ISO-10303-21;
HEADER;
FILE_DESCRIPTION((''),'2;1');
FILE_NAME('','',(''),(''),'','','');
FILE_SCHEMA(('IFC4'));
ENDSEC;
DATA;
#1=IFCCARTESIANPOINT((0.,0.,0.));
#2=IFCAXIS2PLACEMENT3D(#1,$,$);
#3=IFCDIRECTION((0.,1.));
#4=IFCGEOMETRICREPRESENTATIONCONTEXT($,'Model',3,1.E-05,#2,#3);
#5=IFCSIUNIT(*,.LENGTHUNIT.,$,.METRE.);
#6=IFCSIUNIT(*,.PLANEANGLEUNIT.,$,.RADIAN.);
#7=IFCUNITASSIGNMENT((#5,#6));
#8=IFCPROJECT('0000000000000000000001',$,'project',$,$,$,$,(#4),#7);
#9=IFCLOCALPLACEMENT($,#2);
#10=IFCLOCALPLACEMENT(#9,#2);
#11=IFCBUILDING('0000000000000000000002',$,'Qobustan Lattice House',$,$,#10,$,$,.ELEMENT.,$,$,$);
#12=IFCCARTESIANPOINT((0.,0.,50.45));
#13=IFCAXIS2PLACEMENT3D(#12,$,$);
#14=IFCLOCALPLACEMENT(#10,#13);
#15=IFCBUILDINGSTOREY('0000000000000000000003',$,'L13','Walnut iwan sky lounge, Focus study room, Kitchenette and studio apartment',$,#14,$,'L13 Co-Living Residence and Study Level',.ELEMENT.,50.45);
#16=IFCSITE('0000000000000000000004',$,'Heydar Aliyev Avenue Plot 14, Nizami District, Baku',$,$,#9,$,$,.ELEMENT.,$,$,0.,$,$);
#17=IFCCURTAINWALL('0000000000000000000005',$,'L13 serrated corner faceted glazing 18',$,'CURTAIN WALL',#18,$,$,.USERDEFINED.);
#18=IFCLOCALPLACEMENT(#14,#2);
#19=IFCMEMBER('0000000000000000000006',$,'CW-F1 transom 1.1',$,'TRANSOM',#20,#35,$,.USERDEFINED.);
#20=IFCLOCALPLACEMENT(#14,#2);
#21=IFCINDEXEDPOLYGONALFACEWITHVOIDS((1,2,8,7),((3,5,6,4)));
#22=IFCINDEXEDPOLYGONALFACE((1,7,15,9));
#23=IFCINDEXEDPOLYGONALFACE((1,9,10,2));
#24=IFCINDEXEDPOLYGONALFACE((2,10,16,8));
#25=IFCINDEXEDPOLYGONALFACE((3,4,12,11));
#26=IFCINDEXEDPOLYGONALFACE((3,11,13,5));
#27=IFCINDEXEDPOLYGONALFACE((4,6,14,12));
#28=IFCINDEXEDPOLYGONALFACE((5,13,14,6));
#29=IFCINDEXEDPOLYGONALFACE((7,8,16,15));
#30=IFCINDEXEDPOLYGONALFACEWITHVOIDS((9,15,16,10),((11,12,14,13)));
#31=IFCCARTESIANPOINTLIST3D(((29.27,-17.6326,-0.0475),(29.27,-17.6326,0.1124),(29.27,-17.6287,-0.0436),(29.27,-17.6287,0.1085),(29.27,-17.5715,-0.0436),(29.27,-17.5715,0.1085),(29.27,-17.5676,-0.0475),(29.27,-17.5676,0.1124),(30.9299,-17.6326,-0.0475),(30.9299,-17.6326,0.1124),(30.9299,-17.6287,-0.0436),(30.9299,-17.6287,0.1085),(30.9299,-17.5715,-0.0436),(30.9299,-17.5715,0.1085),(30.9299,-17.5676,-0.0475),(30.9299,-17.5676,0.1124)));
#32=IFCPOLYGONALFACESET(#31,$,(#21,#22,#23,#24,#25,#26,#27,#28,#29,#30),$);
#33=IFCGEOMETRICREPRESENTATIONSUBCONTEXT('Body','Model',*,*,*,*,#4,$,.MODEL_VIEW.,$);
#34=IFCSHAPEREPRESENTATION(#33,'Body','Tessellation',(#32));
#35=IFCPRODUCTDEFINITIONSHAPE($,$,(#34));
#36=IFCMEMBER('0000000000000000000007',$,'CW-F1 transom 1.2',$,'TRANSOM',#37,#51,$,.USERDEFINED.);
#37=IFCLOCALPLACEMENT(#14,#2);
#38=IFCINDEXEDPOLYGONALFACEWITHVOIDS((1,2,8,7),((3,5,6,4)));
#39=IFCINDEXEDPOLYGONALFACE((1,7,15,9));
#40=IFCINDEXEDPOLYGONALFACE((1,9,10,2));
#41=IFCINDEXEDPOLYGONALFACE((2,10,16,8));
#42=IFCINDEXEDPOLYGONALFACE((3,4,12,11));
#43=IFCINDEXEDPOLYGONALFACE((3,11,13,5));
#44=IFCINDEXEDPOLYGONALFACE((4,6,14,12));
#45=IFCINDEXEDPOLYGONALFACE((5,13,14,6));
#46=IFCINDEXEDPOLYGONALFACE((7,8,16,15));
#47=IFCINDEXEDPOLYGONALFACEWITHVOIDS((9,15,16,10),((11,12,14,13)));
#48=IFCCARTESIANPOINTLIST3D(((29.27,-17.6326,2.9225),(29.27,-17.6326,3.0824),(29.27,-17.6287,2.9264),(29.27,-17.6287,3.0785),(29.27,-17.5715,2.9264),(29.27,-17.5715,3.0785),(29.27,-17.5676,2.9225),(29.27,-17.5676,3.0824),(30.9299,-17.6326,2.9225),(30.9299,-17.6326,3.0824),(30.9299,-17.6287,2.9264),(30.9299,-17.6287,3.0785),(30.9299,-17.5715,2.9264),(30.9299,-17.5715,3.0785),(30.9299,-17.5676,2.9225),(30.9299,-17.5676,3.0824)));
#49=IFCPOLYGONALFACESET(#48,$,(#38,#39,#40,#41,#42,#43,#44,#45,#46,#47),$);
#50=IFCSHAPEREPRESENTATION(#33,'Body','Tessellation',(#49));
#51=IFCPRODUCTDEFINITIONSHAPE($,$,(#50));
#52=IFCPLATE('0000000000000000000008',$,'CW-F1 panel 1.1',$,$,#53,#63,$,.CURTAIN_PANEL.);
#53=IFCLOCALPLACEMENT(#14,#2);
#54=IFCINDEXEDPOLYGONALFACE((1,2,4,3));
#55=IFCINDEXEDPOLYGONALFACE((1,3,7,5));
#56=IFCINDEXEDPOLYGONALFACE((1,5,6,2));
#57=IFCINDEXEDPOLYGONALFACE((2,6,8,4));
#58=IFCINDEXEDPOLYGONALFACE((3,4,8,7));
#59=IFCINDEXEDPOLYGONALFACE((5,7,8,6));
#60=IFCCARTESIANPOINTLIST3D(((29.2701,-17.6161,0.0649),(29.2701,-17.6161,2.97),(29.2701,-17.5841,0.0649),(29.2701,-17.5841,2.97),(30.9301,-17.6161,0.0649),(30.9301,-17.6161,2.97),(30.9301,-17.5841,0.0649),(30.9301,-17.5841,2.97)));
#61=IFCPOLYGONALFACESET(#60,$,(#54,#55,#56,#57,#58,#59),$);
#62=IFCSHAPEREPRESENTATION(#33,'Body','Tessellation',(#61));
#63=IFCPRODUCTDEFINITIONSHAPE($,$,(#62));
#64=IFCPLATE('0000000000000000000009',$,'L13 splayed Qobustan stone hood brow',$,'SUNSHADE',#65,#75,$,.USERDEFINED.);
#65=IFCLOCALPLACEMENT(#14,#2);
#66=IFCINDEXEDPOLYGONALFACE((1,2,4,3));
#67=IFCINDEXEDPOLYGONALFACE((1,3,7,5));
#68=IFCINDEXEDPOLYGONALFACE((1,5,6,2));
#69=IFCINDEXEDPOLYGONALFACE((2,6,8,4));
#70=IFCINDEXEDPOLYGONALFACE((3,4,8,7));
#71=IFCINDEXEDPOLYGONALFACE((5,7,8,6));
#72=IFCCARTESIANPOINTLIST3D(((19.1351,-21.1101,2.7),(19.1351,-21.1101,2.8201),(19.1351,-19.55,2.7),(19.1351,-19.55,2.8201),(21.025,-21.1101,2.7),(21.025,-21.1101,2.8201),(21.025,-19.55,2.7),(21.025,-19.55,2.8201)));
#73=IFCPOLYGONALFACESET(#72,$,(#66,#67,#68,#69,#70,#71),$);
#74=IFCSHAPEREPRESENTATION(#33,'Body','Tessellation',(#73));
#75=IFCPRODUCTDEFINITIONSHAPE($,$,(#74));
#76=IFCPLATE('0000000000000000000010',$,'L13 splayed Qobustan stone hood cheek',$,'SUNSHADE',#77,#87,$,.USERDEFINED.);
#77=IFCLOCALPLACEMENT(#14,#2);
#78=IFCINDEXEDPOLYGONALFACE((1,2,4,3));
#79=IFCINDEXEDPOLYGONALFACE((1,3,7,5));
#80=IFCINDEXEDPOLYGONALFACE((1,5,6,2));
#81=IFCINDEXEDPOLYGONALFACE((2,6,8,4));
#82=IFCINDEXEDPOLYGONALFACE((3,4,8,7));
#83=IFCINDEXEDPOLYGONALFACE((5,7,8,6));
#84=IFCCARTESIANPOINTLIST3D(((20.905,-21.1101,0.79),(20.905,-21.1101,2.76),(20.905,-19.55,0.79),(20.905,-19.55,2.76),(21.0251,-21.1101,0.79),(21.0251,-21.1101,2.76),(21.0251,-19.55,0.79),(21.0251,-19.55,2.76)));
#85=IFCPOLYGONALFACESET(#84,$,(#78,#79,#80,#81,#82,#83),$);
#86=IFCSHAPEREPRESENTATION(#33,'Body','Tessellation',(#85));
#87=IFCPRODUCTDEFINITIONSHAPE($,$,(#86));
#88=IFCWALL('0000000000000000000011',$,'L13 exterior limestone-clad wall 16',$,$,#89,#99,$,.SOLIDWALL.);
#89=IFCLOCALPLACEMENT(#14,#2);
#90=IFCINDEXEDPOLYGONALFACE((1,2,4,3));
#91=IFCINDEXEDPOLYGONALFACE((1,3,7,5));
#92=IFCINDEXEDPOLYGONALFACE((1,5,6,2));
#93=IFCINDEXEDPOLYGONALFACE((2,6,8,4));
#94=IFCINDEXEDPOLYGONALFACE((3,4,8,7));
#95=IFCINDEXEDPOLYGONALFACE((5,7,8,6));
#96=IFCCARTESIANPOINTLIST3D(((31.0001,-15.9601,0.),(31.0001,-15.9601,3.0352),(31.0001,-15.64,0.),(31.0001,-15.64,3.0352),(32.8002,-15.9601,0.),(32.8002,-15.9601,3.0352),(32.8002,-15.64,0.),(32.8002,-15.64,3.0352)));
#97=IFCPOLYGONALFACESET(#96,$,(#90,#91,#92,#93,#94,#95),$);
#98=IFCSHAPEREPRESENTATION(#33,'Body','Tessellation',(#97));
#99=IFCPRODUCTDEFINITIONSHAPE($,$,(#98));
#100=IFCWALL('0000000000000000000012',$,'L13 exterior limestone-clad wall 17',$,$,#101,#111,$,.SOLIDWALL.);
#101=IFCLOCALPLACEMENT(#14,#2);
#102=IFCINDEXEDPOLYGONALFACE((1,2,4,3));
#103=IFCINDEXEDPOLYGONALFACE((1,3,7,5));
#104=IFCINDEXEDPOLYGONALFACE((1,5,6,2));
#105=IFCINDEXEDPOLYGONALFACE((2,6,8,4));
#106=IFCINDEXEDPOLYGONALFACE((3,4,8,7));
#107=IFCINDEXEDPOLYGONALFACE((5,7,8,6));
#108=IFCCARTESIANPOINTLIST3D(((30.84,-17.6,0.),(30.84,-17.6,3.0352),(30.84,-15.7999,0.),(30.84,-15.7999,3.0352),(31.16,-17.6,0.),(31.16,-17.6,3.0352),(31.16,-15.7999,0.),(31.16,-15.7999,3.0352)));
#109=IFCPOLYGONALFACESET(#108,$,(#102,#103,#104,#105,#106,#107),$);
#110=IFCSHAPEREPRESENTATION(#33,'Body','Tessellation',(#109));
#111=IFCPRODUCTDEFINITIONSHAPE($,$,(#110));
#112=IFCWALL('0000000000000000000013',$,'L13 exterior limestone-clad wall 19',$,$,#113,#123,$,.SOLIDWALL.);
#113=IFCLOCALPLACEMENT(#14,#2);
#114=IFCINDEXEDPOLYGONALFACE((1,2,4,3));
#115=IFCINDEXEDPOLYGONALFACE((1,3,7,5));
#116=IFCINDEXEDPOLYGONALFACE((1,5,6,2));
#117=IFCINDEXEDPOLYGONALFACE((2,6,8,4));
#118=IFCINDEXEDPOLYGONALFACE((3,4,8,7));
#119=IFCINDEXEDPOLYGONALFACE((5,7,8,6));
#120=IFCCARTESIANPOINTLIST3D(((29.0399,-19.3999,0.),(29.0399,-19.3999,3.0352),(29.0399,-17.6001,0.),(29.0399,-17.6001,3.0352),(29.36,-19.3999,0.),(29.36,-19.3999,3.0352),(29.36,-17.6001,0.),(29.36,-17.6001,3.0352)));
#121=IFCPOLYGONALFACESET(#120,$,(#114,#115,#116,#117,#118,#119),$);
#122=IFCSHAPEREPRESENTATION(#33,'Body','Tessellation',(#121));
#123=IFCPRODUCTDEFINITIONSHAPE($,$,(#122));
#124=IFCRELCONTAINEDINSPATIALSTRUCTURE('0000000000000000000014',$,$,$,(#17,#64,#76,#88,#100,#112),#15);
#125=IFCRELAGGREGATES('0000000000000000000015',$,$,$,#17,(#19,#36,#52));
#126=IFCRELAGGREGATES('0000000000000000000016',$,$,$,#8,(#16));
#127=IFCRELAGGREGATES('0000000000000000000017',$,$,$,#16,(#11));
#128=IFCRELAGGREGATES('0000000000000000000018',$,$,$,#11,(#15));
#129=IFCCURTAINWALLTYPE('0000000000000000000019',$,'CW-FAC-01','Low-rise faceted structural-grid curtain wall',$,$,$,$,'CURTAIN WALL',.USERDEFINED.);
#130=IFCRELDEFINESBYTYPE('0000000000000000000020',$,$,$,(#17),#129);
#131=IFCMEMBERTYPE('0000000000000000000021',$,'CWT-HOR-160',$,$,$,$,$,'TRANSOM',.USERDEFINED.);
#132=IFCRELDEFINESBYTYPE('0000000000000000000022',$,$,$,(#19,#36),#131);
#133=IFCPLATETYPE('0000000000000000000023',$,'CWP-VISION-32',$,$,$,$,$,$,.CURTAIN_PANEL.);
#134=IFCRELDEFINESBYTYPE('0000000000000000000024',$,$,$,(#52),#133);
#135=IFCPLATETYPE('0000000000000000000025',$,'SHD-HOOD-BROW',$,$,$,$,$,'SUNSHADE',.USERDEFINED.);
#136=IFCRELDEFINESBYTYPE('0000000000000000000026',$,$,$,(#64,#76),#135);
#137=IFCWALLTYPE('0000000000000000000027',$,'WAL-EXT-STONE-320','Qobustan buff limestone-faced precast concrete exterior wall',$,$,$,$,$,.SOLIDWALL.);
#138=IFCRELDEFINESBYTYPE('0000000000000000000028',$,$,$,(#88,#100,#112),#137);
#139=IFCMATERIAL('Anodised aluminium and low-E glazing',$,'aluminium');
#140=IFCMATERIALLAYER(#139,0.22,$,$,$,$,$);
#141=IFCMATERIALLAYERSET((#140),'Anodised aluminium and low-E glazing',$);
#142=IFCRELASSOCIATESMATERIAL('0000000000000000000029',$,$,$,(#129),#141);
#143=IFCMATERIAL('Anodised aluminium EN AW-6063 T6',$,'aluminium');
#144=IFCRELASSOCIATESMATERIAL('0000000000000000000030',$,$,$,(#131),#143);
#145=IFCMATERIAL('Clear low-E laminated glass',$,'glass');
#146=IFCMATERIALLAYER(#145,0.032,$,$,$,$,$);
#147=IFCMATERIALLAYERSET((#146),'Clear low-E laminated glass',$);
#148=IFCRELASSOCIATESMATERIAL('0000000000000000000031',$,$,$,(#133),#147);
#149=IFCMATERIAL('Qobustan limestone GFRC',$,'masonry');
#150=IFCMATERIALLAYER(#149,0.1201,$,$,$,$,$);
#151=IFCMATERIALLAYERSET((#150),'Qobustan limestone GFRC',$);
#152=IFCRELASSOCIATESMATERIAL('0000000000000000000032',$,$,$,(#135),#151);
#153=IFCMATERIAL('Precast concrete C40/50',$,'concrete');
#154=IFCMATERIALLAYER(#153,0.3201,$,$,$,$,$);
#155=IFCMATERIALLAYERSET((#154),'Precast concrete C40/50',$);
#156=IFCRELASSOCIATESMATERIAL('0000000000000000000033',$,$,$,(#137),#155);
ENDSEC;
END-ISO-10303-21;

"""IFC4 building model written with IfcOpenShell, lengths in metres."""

from ifc_helpers import new_model, si_unit, direction, frame, frame_2d, origin, origin_2d, place, context, subcontext, project, spatial, rectangle, hollow_rectangle, extrude, material, layer, layer_set, material_profile, profile_set, type_object, element, aggregate, save


model = new_model("IFC4")

# Units and contexts
model_context = context("Model", 3, precision=1e-05, world=origin(), true_north=direction((0.0, 1.0)))
body_context = subcontext(model_context, "Body", "Model", "MODEL_VIEW")
ifc_project = project(units=[si_unit("LENGTHUNIT", "METRE"), si_unit("PLANEANGLEUNIT", "RADIAN")], contexts=[model_context])

# Site, building, storey
site_placement = place(None, origin())
site = spatial("IfcSite", under=ifc_project, at=site_placement, Name="Heydar Aliyev Avenue Plot 14, Nizami District, Baku", CompositionType="ELEMENT", RefElevation=0.0)
building_placement = place(site_placement, origin())
building = spatial("IfcBuilding", under=site, at=building_placement, Name="Qobustan Lattice House", CompositionType="ELEMENT")
storey_placement = place(building_placement, frame((0.0, 0.0, 50.45)))
storey = spatial("IfcBuildingStorey", under=building, at=storey_placement, Name="L13", Description="Walnut iwan sky lounge, Focus study room, Kitchenette and studio apartment", LongName="L13 Co-Living Residence and Study Level", CompositionType="ELEMENT", Elevation=50.45)

# Curtain wall, members, plate
ifc_material_1 = material(Name="Anodised aluminium and low-E glazing", Category="aluminium")
ifc_layer_1 = layer(ifc_material_1, 0.22)
ifc_layer_set_1 = layer_set([ifc_layer_1], Name="Anodised aluminium and low-E glazing")
curtain_wall_type = type_object("IfcCurtainWallType", Name="CW-FAC-01", Description="Low-rise faceted structural-grid curtain wall", ElementType="CURTAIN WALL", PredefinedType="USERDEFINED", material=ifc_layer_set_1)
curtain_wall_placement = place(storey_placement, origin())
curtain_wall = element("IfcCurtainWall", 1, at=curtain_wall_placement, inside=storey, type_object=curtain_wall_type, Name="L13 serrated corner faceted glazing 18", ObjectType="CURTAIN WALL", PredefinedType="USERDEFINED")
ifc_material_2 = material(Name="Anodised aluminium EN AW-6063 T6", Category="aluminium")
ifc_material_profile_1 = material_profile(ifc_material_2, hollow_rectangle(XDim=0.0649, YDim=0.1599, WallThickness=0.0039, at=origin_2d()), Name="CWT-160x65")
ifc_profile_set_1 = profile_set([ifc_material_profile_1], Name="Anodised aluminium EN AW-6063 T6")
member_type_1 = type_object("IfcMemberType", Name="CWT-HOR-160", ElementType="TRANSOM", PredefinedType="USERDEFINED", material=ifc_profile_set_1)
member_1_placement = place(storey_placement, frame((30.9299, -17.6001, 0.0325), z_axis=(-1.0, 0.0, 0.0), x_axis=(0.0, -1.0, 0.0)))
member_1 = element("IfcMember", 2, at=member_1_placement, type_object=member_type_1, Name="CW-F1 transom 1.1", ObjectType="TRANSOM", PredefinedType="USERDEFINED", context=body_context, shape_type="SweptSolid", body=[
    extrude(hollow_rectangle(XDim=0.0649, YDim=0.1599, WallThickness=0.0039, at=origin_2d()), origin(), (0.0, 0.0, 1.0), 1.6599),
])
member_2_placement = place(storey_placement, frame((30.9299, -17.6001, 3.0024), z_axis=(-1.0, 0.0, 0.0), x_axis=(0.0, -1.0, 0.0)))
member_2 = element("IfcMember", 3, at=member_2_placement, type_object=member_type_1, Name="CW-F1 transom 1.2", ObjectType="TRANSOM", PredefinedType="USERDEFINED", context=body_context, shape_type="SweptSolid", body=[
    extrude(hollow_rectangle(XDim=0.0649, YDim=0.1599, WallThickness=0.0039, at=origin_2d()), origin(), (0.0, 0.0, 1.0), 1.6599),
])
ifc_material_3 = material(Name="Clear low-E laminated glass", Category="glass")
ifc_layer_2 = layer(ifc_material_3, 0.032)
ifc_layer_set_2 = layer_set([ifc_layer_2], Name="Clear low-E laminated glass")
plate_type_1 = type_object("IfcPlateType", Name="CWP-VISION-32", PredefinedType="CURTAIN_PANEL", material=ifc_layer_set_2)
plate_1_placement = place(storey_placement, frame((30.1001, -17.6001, 0.0649), z_axis=(0.0, 0.0, 1.0), x_axis=(-1.0, 0.0, 0.0)))
plate_1 = element("IfcPlate", 4, at=plate_1_placement, type_object=plate_type_1, Name="CW-F1 panel 1.1", PredefinedType="CURTAIN_PANEL", context=body_context, shape_type="SweptSolid", body=[
    extrude(rectangle(XDim=1.6599, YDim=0.032, at=origin_2d()), origin(), (0.0, 0.0, 1.0), 2.905),
])
aggregate(curtain_wall, [member_1, member_2, plate_1])

# Plates
ifc_material_4 = material(Name="Qobustan limestone GFRC", Category="masonry")
ifc_layer_3 = layer(ifc_material_4, 0.1201)
ifc_layer_set_3 = layer_set([ifc_layer_3], Name="Qobustan limestone GFRC")
plate_type_2 = type_object("IfcPlateType", Name="SHD-HOOD-BROW", ElementType="SUNSHADE", PredefinedType="USERDEFINED", material=ifc_layer_set_3)
plate_2_placement = place(storey_placement, frame((20.0801, -20.3301, 2.7), z_axis=(0.0, 0.0, 1.0), x_axis=(-1.0, 0.0, 0.0)))
element("IfcPlate", 5, at=plate_2_placement, inside=storey, type_object=plate_type_2, Name="L13 splayed Qobustan stone hood brow", ObjectType="SUNSHADE", PredefinedType="USERDEFINED", context=body_context, shape_type="SweptSolid", body=[
    extrude(rectangle(XDim=1.8899, YDim=1.5601, at=origin_2d()), origin(), (0.0, 0.0, 1.0), 0.1201),
])
plate_3_placement = place(storey_placement, frame((20.9651, -20.3301, 0.79), z_axis=(0.0, 0.0, 1.0), x_axis=(-1.0, 0.0, 0.0)))
element("IfcPlate", 6, at=plate_3_placement, inside=storey, type_object=plate_type_2, Name="L13 splayed Qobustan stone hood cheek", ObjectType="SUNSHADE", PredefinedType="USERDEFINED", context=body_context, shape_type="SweptSolid", body=[
    extrude(rectangle(XDim=0.1201, YDim=1.5601, at=origin_2d()), origin(), (0.0, 0.0, 1.0), 1.97),
])

# Walls
ifc_material_5 = material(Name="Precast concrete C40/50", Category="concrete")
ifc_layer_4 = layer(ifc_material_5, 0.3201)
ifc_layer_set_4 = layer_set([ifc_layer_4], Name="Precast concrete C40/50")
wall_type = type_object("IfcWallType", Name="WAL-EXT-STONE-320", Description="Qobustan buff limestone-faced precast concrete exterior wall", PredefinedType="SOLIDWALL", material=ifc_layer_set_4)
for number, where, z_axis, x_axis, name in (
    (7, (32.8, -15.8, 0.0), (0.0, 0.0, 1.0), (-1.0, 0.0, 0.0), "L13 exterior limestone-clad wall 16"),
    (8, (31.0, -15.8, 0.0), (0.0, 0.0, 1.0), (0.0, -1.0, 0.0), "L13 exterior limestone-clad wall 17"),
):
    element("IfcWall", number, at=place(storey_placement, frame(where, z_axis=z_axis, x_axis=x_axis)), inside=storey, type_object=wall_type, Name=name, PredefinedType="SOLIDWALL", context=body_context, shape_type="SweptSolid", body=[
        extrude(rectangle(XDim=1.8, YDim=0.3201, at=frame_2d((0.8999, 0.0))), origin(), (0.0, 0.0, 1.0), 3.0352),
    ])
wall_1_placement = place(storey_placement, frame((29.2, -17.6001, 0.0), z_axis=(0.0, 0.0, 1.0), x_axis=(0.0, -1.0, 0.0)))
element("IfcWall", 9, at=wall_1_placement, inside=storey, type_object=wall_type, Name="L13 exterior limestone-clad wall 19", PredefinedType="SOLIDWALL", context=body_context, shape_type="SweptSolid", body=[
    extrude(rectangle(XDim=1.7998, YDim=0.3201, at=frame_2d((0.8999, 0.0))), origin(), (0.0, 0.0, 1.0), 3.0352),
])

save(model, "model.ifc")
